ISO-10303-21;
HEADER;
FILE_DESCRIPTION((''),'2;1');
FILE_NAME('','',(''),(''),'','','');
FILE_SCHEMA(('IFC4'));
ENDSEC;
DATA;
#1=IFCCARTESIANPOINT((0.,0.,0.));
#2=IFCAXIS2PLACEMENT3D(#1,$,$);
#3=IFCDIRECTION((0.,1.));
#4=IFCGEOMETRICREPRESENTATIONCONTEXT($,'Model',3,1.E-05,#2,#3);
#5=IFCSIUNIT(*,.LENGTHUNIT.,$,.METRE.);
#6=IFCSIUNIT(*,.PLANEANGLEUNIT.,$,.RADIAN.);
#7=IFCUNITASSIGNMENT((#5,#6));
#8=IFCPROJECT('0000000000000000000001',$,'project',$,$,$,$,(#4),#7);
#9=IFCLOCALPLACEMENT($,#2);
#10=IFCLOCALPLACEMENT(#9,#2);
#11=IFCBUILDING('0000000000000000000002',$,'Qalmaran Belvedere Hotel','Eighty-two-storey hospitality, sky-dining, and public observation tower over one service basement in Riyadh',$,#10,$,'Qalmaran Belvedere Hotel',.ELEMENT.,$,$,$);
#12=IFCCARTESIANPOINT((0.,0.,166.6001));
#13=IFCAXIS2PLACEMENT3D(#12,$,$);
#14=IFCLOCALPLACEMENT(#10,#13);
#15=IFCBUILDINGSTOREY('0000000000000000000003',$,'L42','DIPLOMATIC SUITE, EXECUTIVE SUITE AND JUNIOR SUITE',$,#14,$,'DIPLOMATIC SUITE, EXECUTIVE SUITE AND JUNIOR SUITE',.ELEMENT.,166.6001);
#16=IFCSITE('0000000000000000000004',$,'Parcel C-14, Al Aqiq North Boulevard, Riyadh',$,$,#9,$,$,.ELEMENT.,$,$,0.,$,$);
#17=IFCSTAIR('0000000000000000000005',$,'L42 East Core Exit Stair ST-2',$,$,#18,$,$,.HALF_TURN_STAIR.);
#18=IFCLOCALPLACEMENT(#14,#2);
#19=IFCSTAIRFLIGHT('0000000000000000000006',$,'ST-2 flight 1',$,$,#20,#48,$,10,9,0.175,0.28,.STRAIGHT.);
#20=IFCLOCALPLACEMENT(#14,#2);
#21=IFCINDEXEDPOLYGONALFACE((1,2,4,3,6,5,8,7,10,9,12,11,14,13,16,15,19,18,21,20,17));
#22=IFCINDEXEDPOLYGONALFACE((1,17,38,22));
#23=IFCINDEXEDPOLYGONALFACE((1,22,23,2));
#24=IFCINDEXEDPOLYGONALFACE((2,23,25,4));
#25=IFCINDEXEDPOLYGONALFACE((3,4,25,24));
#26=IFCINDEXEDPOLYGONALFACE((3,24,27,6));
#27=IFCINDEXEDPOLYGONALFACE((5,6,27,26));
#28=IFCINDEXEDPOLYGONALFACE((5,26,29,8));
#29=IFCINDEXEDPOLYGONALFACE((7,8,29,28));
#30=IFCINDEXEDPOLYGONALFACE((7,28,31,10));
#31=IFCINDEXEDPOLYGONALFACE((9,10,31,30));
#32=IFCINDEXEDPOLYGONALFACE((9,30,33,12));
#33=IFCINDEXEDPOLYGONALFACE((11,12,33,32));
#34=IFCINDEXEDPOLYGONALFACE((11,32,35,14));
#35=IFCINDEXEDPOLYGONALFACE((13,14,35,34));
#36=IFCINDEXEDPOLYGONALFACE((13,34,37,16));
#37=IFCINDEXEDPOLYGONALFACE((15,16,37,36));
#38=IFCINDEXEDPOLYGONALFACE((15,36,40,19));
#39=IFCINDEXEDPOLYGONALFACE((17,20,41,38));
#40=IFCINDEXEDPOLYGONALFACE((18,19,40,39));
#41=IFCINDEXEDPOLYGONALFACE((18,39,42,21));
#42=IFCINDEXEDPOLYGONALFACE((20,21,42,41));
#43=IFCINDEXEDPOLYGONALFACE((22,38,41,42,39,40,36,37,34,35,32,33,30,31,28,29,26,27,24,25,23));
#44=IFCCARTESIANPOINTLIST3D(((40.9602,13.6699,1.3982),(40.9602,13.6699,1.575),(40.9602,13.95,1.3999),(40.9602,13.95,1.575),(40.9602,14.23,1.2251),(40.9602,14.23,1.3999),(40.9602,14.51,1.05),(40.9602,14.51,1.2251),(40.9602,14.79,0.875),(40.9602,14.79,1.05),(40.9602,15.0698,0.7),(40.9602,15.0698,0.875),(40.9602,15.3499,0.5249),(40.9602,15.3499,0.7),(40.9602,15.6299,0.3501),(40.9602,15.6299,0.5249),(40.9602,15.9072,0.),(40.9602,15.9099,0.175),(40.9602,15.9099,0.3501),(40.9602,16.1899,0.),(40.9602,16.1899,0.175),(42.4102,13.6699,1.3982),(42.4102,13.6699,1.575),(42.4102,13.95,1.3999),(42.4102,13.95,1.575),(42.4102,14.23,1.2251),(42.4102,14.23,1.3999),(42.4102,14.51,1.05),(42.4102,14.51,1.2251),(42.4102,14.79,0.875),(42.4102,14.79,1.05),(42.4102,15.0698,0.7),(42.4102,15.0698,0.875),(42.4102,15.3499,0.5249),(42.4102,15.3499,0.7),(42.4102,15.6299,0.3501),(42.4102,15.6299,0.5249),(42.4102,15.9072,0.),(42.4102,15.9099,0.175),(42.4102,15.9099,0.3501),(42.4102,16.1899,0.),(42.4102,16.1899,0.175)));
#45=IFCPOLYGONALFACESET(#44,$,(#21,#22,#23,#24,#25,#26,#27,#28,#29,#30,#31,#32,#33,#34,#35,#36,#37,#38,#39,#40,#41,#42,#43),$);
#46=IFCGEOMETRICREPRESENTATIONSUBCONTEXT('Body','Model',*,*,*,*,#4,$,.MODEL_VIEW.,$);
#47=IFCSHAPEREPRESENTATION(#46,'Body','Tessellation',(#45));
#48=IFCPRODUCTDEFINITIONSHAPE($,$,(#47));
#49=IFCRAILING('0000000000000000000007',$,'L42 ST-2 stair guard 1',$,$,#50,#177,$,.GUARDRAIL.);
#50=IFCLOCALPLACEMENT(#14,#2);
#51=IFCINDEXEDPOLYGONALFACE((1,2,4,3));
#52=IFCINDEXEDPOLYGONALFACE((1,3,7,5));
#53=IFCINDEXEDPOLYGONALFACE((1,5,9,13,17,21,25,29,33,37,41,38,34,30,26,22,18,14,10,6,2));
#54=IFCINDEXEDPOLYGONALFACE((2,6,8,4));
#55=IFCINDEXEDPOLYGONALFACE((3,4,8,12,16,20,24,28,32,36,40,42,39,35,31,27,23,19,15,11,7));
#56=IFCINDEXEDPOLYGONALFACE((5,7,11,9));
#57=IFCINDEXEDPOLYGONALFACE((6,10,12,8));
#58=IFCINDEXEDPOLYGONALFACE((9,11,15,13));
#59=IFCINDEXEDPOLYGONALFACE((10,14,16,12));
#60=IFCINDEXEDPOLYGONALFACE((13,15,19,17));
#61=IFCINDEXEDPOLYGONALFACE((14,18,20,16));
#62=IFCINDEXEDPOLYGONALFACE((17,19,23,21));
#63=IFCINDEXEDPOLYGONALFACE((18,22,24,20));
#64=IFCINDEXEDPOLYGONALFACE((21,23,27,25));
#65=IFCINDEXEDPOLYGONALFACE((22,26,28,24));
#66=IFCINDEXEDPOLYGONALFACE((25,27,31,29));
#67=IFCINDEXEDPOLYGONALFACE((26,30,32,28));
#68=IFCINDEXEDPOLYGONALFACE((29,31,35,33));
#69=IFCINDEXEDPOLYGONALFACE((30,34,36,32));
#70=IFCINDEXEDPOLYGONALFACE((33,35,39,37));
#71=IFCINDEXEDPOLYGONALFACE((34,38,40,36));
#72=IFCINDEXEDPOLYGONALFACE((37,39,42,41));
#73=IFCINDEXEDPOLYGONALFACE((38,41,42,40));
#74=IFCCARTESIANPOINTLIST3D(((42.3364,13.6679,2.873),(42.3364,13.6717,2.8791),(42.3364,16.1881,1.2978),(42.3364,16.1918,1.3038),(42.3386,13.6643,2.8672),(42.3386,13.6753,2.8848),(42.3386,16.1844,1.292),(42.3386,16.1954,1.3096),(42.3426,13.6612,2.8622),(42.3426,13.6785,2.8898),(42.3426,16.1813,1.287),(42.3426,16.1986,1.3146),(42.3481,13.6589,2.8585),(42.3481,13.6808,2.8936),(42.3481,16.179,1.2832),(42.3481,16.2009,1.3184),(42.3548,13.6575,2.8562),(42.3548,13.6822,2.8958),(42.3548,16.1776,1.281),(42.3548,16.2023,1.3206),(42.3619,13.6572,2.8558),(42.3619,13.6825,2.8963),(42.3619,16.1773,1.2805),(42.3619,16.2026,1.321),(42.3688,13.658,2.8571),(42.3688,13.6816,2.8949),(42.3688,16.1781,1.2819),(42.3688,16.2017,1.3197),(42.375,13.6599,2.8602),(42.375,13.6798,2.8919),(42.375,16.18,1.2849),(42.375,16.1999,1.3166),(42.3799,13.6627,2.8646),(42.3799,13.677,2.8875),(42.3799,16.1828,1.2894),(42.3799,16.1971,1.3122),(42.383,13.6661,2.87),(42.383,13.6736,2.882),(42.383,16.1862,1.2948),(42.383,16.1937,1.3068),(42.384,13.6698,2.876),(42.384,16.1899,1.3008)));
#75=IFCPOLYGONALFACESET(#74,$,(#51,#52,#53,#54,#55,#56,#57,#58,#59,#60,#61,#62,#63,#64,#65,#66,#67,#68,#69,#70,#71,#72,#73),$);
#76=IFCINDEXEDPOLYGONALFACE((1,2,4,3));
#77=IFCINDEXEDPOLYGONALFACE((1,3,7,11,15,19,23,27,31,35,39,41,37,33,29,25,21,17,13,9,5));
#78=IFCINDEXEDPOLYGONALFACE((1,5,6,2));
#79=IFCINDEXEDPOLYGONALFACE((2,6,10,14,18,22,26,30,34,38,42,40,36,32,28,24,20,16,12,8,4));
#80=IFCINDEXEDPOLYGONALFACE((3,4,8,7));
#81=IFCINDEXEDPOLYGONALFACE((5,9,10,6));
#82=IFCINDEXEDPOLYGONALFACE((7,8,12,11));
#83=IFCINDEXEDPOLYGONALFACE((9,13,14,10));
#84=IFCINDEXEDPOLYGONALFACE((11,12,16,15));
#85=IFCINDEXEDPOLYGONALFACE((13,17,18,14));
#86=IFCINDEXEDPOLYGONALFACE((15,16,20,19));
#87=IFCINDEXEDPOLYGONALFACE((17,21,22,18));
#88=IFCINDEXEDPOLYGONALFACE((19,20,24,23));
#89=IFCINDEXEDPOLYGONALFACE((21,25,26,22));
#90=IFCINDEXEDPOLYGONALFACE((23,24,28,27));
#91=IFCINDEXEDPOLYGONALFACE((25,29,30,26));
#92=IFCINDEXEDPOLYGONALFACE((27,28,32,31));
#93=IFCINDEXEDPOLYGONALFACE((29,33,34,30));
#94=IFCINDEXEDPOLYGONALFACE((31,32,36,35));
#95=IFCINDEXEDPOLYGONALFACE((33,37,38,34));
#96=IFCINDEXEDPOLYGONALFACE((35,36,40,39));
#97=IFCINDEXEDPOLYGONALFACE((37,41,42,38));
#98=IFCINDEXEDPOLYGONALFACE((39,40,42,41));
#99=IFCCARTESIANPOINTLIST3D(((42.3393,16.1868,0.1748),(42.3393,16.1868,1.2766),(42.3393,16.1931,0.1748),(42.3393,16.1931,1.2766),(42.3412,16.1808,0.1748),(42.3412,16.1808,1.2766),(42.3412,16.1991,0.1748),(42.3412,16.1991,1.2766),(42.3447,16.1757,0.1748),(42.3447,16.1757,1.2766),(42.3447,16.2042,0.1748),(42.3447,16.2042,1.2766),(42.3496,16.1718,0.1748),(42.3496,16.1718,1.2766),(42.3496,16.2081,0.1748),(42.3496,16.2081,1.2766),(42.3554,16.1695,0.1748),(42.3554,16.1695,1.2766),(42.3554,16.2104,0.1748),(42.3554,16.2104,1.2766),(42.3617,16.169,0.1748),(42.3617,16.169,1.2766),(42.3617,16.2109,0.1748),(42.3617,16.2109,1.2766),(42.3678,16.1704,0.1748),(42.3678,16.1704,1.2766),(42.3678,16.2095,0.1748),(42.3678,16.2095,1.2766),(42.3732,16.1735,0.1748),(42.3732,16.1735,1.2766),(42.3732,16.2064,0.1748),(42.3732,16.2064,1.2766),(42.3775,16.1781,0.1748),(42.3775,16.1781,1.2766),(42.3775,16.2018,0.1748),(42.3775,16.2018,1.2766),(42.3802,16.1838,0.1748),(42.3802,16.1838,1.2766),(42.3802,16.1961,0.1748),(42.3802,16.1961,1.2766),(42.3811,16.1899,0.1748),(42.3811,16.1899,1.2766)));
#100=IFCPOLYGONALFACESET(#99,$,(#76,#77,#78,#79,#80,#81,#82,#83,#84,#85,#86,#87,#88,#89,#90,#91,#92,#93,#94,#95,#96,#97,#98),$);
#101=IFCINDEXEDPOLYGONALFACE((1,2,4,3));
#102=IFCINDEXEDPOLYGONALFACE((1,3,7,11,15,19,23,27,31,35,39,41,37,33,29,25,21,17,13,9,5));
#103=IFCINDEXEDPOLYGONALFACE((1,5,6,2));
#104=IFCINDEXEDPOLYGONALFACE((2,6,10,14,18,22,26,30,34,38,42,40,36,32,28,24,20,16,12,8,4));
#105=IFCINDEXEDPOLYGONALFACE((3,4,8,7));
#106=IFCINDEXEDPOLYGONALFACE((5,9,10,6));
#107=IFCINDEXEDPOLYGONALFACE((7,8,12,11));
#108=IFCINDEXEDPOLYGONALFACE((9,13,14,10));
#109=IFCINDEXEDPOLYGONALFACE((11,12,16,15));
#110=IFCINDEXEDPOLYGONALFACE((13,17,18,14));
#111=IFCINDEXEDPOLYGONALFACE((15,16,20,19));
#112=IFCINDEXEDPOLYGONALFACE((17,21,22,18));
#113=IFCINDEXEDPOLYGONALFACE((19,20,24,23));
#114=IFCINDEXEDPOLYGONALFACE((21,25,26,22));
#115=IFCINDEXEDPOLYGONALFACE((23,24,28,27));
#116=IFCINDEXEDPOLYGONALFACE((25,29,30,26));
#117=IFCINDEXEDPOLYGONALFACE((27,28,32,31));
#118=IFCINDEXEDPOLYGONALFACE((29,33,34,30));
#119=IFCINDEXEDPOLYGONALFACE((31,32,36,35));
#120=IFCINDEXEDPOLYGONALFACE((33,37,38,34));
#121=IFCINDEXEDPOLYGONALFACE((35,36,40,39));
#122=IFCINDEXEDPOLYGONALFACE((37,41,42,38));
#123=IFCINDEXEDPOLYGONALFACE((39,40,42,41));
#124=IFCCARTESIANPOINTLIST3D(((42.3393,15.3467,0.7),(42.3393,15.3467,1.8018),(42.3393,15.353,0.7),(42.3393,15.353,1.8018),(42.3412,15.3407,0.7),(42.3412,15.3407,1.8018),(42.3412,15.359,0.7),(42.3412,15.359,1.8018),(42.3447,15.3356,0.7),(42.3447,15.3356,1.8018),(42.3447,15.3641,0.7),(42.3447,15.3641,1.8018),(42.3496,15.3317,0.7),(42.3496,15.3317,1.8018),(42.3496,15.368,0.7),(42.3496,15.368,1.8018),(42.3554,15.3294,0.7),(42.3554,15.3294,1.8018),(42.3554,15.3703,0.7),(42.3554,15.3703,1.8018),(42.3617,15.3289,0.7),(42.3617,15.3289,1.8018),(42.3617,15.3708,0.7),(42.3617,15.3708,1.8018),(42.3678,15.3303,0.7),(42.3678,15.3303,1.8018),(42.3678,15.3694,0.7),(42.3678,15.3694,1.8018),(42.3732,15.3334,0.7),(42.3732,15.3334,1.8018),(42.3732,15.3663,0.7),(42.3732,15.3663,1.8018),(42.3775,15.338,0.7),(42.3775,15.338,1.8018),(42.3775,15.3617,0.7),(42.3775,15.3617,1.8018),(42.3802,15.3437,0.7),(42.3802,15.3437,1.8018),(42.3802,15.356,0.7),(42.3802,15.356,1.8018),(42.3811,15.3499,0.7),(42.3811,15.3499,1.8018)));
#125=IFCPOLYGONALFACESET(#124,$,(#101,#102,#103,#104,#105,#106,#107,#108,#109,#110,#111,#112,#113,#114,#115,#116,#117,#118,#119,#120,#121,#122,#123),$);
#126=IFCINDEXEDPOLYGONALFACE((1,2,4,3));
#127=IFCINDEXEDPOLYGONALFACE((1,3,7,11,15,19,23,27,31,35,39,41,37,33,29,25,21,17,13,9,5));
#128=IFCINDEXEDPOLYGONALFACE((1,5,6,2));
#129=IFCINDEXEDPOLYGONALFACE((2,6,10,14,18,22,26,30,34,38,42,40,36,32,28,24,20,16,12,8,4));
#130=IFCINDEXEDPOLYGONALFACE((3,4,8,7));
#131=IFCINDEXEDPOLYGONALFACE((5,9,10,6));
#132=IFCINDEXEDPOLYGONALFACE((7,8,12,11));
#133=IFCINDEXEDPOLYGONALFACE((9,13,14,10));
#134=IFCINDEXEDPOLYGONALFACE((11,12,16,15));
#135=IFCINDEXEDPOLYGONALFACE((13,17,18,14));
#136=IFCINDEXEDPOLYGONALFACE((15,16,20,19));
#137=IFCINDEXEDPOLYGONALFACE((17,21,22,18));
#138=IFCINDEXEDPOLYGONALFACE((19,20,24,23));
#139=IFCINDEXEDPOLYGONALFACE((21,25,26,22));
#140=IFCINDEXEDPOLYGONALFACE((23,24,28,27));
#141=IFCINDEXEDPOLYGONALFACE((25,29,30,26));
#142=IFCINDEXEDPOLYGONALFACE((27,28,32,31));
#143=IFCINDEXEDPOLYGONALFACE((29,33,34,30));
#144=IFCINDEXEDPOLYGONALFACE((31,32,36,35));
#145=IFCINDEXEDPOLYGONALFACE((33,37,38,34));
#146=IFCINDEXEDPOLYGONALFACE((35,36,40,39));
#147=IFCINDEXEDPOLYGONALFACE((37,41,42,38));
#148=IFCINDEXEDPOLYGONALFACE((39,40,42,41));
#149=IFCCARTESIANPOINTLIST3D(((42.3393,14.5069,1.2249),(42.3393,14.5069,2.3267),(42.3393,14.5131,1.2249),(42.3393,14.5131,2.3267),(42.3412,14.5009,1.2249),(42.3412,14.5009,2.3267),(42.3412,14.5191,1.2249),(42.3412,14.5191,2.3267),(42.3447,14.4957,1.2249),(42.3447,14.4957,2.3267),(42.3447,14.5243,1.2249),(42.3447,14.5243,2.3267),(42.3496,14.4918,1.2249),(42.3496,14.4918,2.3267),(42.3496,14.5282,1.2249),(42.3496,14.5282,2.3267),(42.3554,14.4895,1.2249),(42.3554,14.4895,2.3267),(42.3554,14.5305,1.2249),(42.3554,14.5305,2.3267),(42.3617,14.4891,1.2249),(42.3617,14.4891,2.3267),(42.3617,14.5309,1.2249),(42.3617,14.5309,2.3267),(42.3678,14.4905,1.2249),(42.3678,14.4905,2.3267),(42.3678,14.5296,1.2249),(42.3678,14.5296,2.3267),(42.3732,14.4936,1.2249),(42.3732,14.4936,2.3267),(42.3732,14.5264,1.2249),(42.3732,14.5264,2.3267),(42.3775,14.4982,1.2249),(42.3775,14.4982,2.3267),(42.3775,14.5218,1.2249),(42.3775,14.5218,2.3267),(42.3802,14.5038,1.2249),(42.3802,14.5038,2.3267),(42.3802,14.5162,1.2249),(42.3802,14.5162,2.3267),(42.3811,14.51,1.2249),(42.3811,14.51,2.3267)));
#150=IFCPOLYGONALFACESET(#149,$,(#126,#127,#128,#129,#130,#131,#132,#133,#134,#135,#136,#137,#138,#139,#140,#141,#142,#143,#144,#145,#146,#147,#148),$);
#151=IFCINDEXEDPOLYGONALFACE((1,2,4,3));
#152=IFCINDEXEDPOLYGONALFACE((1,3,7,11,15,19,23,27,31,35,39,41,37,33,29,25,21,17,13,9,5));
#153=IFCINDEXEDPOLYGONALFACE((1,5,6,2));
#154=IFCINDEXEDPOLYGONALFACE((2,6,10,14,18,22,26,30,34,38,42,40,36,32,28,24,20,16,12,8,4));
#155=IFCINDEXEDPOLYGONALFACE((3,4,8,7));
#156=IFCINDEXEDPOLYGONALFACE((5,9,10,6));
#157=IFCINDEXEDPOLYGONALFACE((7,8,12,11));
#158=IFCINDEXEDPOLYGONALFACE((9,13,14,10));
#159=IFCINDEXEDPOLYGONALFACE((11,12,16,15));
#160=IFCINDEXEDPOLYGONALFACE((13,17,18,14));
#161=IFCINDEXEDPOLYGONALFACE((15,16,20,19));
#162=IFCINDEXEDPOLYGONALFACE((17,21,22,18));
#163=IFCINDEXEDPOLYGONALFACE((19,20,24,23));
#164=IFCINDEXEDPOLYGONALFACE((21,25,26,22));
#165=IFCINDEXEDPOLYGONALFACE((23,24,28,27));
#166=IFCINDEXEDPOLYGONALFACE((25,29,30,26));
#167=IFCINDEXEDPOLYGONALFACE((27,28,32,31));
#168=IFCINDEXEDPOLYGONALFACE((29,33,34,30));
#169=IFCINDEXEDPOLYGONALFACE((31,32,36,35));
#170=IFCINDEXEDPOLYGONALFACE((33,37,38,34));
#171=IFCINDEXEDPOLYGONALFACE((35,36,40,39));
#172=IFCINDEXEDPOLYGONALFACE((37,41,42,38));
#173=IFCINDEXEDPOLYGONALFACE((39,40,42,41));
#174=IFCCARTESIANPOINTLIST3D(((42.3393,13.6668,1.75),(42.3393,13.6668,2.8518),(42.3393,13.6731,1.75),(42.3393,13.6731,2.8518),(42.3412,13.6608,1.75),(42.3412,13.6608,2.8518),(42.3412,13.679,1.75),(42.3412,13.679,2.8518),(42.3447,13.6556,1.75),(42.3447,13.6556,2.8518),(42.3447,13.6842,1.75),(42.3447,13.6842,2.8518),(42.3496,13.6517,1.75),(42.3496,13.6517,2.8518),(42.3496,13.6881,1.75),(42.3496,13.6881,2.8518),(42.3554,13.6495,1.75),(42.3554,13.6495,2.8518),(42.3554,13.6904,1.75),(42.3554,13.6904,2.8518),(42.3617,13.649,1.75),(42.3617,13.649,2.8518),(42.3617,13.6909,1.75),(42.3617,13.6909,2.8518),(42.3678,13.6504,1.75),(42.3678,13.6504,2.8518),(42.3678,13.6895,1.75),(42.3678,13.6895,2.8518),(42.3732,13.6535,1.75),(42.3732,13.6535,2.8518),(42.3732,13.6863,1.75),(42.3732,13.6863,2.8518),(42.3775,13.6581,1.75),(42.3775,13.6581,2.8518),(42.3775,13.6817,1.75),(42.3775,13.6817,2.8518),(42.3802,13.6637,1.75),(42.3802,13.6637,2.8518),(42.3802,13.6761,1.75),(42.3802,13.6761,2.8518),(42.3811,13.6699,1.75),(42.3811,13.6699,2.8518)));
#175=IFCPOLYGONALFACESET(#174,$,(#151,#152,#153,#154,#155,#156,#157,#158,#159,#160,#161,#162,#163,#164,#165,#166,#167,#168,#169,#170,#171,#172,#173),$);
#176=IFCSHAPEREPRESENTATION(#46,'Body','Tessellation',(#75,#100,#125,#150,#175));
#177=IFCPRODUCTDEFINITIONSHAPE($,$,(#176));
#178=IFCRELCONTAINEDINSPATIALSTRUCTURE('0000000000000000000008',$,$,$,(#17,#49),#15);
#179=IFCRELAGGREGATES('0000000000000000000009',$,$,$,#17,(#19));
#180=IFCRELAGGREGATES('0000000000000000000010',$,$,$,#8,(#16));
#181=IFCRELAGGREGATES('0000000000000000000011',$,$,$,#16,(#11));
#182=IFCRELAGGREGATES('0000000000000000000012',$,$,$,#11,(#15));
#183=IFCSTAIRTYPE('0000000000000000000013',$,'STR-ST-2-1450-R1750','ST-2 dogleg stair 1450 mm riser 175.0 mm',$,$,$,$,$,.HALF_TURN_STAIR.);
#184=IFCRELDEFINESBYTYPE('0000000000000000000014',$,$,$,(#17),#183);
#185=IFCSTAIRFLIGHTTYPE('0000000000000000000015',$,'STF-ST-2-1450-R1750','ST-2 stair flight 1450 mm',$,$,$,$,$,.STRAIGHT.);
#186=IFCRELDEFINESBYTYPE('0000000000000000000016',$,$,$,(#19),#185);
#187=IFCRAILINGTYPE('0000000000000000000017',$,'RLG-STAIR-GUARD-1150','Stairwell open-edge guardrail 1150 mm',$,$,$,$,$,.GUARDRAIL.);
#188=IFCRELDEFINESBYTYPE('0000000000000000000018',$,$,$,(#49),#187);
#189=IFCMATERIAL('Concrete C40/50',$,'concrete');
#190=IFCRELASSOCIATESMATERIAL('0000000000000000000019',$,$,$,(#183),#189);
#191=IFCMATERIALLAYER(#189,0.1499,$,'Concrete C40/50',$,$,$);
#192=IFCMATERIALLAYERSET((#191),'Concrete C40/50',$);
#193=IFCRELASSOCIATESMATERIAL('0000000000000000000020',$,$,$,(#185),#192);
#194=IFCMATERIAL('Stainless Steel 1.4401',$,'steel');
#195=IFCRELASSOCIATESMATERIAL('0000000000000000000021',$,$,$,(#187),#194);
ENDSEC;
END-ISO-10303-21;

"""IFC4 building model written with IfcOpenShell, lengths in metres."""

from ifc_helpers import new_model, si_unit, direction, frame, origin, origin_2d, place, context, subcontext, project, spatial, polyline, circle, outline, extrude, material, layer, layer_set, type_object, element, aggregate, save


model = new_model("IFC4")

# Units and contexts
model_context = context("Model", 3, precision=1e-05, world=origin(), true_north=direction((0.0, 1.0)))
body_context = subcontext(model_context, "Body", "Model", "MODEL_VIEW")
ifc_project = project(units=[si_unit("LENGTHUNIT", "METRE"), si_unit("PLANEANGLEUNIT", "RADIAN")], contexts=[model_context])

# Site, building, storey
site_placement = place(None, origin())
site = spatial("IfcSite", under=ifc_project, at=site_placement, Name="Parcel C-14, Al Aqiq North Boulevard, Riyadh", CompositionType="ELEMENT", RefElevation=0.0)
building_placement = place(site_placement, origin())
building = spatial("IfcBuilding", under=site, at=building_placement, Name="Qalmaran Belvedere Hotel", Description="Eighty-two-storey hospitality, sky-dining, and public observation tower over one service basement in Riyadh", LongName="Qalmaran Belvedere Hotel", CompositionType="ELEMENT")
storey_placement = place(building_placement, frame((0.0, 0.0, 166.6001)))
storey = spatial("IfcBuildingStorey", under=building, at=storey_placement, Name="L42", Description="DIPLOMATIC SUITE, EXECUTIVE SUITE AND JUNIOR SUITE", LongName="DIPLOMATIC SUITE, EXECUTIVE SUITE AND JUNIOR SUITE", CompositionType="ELEMENT", Elevation=166.6001)

# Shared definitions
ifc_material_1 = material(Name="Stainless Steel 1.4401", Category="steel")

# Stair, stair flight
ifc_material_2 = material(Name="Concrete C40/50", Category="concrete")
stair_type = type_object("IfcStairType", Name="STR-ST-2-1450-R1750", Description="ST-2 dogleg stair 1450 mm riser 175.0 mm", PredefinedType="HALF_TURN_STAIR", material=ifc_material_2)
stair_placement = place(storey_placement, origin())
stair = element("IfcStair", 1, at=stair_placement, inside=storey, type_object=stair_type, Name="L42 East Core Exit Stair ST-2", PredefinedType="HALF_TURN_STAIR")
ifc_layer_1 = layer(ifc_material_2, 0.1499, Name="Concrete C40/50")
ifc_layer_set_1 = layer_set([ifc_layer_1], Name="Concrete C40/50")
stair_flight_type = type_object("IfcStairFlightType", Name="STF-ST-2-1450-R1750", Description="ST-2 stair flight 1450 mm", PredefinedType="STRAIGHT", material=ifc_layer_set_1)
stair_flight_placement = place(storey_placement, frame((41.6851, 16.1899, 0.0), z_axis=(0.0, 0.0, 1.0), x_axis=(0.0, -1.0, 0.0)))
stair_flight = element("IfcStairFlight", 2, at=stair_flight_placement, type_object=stair_flight_type, Name="ST-2 flight 1", NumberOfRisers=10, NumberOfTreads=9, PredefinedType="STRAIGHT", RiserHeight=0.175, TreadLength=0.28, context=body_context, shape_type="SweptSolid", body=[
    extrude(outline(polyline([(0.0, 0.0), (0.0, 0.175), (0.28, 0.175), (0.28, 0.3501), (0.5601, 0.3501), (0.5601, 0.5249), (0.8401, 0.5249), (0.8401, 0.7), (1.1201, 0.7), (1.1201, 0.875), (1.3999, 0.875), (1.3999, 1.05), (1.6799, 1.05), (1.6799, 1.2251), (1.96, 1.2251), (1.96, 1.3999), (2.24, 1.3999), (2.24, 1.575), (2.52, 1.575), (2.52, 1.75), (2.52, 1.3982), (0.2827, 0.0), (0.0, 0.0)])), frame((0.0, 0.7251, 0.0), z_axis=(0.0, -1.0, 0.0), x_axis=(1.0, 0.0, 0.0)), (0.0, 0.0, 1.0), 1.45),
])
aggregate(stair, [stair_flight])

# Railing
railing_type_1 = type_object("IfcRailingType", Name="RLG-STAIR-GUARD-1150", Description="Stairwell open-edge guardrail 1150 mm", PredefinedType="GUARDRAIL", material=ifc_material_1)
railing_1_placement = place(storey_placement, frame((42.3601, 16.1899, 0.1748)))
element("IfcRailing", 3, at=railing_1_placement, inside=storey, type_object=railing_type_1, Name="L42 ST-2 stair guard 1", PredefinedType="GUARDRAIL", context=body_context, shape_type="SweptSolid", body=[
    extrude(circle(Radius=0.0239, at=origin_2d()), frame((0.0, 0.0, 1.126), z_axis=(0.0, -0.847971, 0.530043), x_axis=(1.0, 0.0, 0.0)), (0.0, 0.0, 1.0), 2.9719),
    extrude(circle(Radius=0.021, at=origin_2d()), origin(), (0.0, 0.0, 1.0), 1.1018),
    extrude(circle(Radius=0.021, at=origin_2d()), frame((0.0, -0.8401, 0.5251)), (0.0, 0.0, 1.0), 1.1018),
    extrude(circle(Radius=0.021, at=origin_2d()), frame((0.0, -1.6799, 1.05)), (0.0, 0.0, 1.0), 1.1018),
    extrude(circle(Radius=0.021, at=origin_2d()), frame((0.0, -2.52, 1.5752)), (0.0, 0.0, 1.0), 1.1018),
])

save(model, "model.ifc")
